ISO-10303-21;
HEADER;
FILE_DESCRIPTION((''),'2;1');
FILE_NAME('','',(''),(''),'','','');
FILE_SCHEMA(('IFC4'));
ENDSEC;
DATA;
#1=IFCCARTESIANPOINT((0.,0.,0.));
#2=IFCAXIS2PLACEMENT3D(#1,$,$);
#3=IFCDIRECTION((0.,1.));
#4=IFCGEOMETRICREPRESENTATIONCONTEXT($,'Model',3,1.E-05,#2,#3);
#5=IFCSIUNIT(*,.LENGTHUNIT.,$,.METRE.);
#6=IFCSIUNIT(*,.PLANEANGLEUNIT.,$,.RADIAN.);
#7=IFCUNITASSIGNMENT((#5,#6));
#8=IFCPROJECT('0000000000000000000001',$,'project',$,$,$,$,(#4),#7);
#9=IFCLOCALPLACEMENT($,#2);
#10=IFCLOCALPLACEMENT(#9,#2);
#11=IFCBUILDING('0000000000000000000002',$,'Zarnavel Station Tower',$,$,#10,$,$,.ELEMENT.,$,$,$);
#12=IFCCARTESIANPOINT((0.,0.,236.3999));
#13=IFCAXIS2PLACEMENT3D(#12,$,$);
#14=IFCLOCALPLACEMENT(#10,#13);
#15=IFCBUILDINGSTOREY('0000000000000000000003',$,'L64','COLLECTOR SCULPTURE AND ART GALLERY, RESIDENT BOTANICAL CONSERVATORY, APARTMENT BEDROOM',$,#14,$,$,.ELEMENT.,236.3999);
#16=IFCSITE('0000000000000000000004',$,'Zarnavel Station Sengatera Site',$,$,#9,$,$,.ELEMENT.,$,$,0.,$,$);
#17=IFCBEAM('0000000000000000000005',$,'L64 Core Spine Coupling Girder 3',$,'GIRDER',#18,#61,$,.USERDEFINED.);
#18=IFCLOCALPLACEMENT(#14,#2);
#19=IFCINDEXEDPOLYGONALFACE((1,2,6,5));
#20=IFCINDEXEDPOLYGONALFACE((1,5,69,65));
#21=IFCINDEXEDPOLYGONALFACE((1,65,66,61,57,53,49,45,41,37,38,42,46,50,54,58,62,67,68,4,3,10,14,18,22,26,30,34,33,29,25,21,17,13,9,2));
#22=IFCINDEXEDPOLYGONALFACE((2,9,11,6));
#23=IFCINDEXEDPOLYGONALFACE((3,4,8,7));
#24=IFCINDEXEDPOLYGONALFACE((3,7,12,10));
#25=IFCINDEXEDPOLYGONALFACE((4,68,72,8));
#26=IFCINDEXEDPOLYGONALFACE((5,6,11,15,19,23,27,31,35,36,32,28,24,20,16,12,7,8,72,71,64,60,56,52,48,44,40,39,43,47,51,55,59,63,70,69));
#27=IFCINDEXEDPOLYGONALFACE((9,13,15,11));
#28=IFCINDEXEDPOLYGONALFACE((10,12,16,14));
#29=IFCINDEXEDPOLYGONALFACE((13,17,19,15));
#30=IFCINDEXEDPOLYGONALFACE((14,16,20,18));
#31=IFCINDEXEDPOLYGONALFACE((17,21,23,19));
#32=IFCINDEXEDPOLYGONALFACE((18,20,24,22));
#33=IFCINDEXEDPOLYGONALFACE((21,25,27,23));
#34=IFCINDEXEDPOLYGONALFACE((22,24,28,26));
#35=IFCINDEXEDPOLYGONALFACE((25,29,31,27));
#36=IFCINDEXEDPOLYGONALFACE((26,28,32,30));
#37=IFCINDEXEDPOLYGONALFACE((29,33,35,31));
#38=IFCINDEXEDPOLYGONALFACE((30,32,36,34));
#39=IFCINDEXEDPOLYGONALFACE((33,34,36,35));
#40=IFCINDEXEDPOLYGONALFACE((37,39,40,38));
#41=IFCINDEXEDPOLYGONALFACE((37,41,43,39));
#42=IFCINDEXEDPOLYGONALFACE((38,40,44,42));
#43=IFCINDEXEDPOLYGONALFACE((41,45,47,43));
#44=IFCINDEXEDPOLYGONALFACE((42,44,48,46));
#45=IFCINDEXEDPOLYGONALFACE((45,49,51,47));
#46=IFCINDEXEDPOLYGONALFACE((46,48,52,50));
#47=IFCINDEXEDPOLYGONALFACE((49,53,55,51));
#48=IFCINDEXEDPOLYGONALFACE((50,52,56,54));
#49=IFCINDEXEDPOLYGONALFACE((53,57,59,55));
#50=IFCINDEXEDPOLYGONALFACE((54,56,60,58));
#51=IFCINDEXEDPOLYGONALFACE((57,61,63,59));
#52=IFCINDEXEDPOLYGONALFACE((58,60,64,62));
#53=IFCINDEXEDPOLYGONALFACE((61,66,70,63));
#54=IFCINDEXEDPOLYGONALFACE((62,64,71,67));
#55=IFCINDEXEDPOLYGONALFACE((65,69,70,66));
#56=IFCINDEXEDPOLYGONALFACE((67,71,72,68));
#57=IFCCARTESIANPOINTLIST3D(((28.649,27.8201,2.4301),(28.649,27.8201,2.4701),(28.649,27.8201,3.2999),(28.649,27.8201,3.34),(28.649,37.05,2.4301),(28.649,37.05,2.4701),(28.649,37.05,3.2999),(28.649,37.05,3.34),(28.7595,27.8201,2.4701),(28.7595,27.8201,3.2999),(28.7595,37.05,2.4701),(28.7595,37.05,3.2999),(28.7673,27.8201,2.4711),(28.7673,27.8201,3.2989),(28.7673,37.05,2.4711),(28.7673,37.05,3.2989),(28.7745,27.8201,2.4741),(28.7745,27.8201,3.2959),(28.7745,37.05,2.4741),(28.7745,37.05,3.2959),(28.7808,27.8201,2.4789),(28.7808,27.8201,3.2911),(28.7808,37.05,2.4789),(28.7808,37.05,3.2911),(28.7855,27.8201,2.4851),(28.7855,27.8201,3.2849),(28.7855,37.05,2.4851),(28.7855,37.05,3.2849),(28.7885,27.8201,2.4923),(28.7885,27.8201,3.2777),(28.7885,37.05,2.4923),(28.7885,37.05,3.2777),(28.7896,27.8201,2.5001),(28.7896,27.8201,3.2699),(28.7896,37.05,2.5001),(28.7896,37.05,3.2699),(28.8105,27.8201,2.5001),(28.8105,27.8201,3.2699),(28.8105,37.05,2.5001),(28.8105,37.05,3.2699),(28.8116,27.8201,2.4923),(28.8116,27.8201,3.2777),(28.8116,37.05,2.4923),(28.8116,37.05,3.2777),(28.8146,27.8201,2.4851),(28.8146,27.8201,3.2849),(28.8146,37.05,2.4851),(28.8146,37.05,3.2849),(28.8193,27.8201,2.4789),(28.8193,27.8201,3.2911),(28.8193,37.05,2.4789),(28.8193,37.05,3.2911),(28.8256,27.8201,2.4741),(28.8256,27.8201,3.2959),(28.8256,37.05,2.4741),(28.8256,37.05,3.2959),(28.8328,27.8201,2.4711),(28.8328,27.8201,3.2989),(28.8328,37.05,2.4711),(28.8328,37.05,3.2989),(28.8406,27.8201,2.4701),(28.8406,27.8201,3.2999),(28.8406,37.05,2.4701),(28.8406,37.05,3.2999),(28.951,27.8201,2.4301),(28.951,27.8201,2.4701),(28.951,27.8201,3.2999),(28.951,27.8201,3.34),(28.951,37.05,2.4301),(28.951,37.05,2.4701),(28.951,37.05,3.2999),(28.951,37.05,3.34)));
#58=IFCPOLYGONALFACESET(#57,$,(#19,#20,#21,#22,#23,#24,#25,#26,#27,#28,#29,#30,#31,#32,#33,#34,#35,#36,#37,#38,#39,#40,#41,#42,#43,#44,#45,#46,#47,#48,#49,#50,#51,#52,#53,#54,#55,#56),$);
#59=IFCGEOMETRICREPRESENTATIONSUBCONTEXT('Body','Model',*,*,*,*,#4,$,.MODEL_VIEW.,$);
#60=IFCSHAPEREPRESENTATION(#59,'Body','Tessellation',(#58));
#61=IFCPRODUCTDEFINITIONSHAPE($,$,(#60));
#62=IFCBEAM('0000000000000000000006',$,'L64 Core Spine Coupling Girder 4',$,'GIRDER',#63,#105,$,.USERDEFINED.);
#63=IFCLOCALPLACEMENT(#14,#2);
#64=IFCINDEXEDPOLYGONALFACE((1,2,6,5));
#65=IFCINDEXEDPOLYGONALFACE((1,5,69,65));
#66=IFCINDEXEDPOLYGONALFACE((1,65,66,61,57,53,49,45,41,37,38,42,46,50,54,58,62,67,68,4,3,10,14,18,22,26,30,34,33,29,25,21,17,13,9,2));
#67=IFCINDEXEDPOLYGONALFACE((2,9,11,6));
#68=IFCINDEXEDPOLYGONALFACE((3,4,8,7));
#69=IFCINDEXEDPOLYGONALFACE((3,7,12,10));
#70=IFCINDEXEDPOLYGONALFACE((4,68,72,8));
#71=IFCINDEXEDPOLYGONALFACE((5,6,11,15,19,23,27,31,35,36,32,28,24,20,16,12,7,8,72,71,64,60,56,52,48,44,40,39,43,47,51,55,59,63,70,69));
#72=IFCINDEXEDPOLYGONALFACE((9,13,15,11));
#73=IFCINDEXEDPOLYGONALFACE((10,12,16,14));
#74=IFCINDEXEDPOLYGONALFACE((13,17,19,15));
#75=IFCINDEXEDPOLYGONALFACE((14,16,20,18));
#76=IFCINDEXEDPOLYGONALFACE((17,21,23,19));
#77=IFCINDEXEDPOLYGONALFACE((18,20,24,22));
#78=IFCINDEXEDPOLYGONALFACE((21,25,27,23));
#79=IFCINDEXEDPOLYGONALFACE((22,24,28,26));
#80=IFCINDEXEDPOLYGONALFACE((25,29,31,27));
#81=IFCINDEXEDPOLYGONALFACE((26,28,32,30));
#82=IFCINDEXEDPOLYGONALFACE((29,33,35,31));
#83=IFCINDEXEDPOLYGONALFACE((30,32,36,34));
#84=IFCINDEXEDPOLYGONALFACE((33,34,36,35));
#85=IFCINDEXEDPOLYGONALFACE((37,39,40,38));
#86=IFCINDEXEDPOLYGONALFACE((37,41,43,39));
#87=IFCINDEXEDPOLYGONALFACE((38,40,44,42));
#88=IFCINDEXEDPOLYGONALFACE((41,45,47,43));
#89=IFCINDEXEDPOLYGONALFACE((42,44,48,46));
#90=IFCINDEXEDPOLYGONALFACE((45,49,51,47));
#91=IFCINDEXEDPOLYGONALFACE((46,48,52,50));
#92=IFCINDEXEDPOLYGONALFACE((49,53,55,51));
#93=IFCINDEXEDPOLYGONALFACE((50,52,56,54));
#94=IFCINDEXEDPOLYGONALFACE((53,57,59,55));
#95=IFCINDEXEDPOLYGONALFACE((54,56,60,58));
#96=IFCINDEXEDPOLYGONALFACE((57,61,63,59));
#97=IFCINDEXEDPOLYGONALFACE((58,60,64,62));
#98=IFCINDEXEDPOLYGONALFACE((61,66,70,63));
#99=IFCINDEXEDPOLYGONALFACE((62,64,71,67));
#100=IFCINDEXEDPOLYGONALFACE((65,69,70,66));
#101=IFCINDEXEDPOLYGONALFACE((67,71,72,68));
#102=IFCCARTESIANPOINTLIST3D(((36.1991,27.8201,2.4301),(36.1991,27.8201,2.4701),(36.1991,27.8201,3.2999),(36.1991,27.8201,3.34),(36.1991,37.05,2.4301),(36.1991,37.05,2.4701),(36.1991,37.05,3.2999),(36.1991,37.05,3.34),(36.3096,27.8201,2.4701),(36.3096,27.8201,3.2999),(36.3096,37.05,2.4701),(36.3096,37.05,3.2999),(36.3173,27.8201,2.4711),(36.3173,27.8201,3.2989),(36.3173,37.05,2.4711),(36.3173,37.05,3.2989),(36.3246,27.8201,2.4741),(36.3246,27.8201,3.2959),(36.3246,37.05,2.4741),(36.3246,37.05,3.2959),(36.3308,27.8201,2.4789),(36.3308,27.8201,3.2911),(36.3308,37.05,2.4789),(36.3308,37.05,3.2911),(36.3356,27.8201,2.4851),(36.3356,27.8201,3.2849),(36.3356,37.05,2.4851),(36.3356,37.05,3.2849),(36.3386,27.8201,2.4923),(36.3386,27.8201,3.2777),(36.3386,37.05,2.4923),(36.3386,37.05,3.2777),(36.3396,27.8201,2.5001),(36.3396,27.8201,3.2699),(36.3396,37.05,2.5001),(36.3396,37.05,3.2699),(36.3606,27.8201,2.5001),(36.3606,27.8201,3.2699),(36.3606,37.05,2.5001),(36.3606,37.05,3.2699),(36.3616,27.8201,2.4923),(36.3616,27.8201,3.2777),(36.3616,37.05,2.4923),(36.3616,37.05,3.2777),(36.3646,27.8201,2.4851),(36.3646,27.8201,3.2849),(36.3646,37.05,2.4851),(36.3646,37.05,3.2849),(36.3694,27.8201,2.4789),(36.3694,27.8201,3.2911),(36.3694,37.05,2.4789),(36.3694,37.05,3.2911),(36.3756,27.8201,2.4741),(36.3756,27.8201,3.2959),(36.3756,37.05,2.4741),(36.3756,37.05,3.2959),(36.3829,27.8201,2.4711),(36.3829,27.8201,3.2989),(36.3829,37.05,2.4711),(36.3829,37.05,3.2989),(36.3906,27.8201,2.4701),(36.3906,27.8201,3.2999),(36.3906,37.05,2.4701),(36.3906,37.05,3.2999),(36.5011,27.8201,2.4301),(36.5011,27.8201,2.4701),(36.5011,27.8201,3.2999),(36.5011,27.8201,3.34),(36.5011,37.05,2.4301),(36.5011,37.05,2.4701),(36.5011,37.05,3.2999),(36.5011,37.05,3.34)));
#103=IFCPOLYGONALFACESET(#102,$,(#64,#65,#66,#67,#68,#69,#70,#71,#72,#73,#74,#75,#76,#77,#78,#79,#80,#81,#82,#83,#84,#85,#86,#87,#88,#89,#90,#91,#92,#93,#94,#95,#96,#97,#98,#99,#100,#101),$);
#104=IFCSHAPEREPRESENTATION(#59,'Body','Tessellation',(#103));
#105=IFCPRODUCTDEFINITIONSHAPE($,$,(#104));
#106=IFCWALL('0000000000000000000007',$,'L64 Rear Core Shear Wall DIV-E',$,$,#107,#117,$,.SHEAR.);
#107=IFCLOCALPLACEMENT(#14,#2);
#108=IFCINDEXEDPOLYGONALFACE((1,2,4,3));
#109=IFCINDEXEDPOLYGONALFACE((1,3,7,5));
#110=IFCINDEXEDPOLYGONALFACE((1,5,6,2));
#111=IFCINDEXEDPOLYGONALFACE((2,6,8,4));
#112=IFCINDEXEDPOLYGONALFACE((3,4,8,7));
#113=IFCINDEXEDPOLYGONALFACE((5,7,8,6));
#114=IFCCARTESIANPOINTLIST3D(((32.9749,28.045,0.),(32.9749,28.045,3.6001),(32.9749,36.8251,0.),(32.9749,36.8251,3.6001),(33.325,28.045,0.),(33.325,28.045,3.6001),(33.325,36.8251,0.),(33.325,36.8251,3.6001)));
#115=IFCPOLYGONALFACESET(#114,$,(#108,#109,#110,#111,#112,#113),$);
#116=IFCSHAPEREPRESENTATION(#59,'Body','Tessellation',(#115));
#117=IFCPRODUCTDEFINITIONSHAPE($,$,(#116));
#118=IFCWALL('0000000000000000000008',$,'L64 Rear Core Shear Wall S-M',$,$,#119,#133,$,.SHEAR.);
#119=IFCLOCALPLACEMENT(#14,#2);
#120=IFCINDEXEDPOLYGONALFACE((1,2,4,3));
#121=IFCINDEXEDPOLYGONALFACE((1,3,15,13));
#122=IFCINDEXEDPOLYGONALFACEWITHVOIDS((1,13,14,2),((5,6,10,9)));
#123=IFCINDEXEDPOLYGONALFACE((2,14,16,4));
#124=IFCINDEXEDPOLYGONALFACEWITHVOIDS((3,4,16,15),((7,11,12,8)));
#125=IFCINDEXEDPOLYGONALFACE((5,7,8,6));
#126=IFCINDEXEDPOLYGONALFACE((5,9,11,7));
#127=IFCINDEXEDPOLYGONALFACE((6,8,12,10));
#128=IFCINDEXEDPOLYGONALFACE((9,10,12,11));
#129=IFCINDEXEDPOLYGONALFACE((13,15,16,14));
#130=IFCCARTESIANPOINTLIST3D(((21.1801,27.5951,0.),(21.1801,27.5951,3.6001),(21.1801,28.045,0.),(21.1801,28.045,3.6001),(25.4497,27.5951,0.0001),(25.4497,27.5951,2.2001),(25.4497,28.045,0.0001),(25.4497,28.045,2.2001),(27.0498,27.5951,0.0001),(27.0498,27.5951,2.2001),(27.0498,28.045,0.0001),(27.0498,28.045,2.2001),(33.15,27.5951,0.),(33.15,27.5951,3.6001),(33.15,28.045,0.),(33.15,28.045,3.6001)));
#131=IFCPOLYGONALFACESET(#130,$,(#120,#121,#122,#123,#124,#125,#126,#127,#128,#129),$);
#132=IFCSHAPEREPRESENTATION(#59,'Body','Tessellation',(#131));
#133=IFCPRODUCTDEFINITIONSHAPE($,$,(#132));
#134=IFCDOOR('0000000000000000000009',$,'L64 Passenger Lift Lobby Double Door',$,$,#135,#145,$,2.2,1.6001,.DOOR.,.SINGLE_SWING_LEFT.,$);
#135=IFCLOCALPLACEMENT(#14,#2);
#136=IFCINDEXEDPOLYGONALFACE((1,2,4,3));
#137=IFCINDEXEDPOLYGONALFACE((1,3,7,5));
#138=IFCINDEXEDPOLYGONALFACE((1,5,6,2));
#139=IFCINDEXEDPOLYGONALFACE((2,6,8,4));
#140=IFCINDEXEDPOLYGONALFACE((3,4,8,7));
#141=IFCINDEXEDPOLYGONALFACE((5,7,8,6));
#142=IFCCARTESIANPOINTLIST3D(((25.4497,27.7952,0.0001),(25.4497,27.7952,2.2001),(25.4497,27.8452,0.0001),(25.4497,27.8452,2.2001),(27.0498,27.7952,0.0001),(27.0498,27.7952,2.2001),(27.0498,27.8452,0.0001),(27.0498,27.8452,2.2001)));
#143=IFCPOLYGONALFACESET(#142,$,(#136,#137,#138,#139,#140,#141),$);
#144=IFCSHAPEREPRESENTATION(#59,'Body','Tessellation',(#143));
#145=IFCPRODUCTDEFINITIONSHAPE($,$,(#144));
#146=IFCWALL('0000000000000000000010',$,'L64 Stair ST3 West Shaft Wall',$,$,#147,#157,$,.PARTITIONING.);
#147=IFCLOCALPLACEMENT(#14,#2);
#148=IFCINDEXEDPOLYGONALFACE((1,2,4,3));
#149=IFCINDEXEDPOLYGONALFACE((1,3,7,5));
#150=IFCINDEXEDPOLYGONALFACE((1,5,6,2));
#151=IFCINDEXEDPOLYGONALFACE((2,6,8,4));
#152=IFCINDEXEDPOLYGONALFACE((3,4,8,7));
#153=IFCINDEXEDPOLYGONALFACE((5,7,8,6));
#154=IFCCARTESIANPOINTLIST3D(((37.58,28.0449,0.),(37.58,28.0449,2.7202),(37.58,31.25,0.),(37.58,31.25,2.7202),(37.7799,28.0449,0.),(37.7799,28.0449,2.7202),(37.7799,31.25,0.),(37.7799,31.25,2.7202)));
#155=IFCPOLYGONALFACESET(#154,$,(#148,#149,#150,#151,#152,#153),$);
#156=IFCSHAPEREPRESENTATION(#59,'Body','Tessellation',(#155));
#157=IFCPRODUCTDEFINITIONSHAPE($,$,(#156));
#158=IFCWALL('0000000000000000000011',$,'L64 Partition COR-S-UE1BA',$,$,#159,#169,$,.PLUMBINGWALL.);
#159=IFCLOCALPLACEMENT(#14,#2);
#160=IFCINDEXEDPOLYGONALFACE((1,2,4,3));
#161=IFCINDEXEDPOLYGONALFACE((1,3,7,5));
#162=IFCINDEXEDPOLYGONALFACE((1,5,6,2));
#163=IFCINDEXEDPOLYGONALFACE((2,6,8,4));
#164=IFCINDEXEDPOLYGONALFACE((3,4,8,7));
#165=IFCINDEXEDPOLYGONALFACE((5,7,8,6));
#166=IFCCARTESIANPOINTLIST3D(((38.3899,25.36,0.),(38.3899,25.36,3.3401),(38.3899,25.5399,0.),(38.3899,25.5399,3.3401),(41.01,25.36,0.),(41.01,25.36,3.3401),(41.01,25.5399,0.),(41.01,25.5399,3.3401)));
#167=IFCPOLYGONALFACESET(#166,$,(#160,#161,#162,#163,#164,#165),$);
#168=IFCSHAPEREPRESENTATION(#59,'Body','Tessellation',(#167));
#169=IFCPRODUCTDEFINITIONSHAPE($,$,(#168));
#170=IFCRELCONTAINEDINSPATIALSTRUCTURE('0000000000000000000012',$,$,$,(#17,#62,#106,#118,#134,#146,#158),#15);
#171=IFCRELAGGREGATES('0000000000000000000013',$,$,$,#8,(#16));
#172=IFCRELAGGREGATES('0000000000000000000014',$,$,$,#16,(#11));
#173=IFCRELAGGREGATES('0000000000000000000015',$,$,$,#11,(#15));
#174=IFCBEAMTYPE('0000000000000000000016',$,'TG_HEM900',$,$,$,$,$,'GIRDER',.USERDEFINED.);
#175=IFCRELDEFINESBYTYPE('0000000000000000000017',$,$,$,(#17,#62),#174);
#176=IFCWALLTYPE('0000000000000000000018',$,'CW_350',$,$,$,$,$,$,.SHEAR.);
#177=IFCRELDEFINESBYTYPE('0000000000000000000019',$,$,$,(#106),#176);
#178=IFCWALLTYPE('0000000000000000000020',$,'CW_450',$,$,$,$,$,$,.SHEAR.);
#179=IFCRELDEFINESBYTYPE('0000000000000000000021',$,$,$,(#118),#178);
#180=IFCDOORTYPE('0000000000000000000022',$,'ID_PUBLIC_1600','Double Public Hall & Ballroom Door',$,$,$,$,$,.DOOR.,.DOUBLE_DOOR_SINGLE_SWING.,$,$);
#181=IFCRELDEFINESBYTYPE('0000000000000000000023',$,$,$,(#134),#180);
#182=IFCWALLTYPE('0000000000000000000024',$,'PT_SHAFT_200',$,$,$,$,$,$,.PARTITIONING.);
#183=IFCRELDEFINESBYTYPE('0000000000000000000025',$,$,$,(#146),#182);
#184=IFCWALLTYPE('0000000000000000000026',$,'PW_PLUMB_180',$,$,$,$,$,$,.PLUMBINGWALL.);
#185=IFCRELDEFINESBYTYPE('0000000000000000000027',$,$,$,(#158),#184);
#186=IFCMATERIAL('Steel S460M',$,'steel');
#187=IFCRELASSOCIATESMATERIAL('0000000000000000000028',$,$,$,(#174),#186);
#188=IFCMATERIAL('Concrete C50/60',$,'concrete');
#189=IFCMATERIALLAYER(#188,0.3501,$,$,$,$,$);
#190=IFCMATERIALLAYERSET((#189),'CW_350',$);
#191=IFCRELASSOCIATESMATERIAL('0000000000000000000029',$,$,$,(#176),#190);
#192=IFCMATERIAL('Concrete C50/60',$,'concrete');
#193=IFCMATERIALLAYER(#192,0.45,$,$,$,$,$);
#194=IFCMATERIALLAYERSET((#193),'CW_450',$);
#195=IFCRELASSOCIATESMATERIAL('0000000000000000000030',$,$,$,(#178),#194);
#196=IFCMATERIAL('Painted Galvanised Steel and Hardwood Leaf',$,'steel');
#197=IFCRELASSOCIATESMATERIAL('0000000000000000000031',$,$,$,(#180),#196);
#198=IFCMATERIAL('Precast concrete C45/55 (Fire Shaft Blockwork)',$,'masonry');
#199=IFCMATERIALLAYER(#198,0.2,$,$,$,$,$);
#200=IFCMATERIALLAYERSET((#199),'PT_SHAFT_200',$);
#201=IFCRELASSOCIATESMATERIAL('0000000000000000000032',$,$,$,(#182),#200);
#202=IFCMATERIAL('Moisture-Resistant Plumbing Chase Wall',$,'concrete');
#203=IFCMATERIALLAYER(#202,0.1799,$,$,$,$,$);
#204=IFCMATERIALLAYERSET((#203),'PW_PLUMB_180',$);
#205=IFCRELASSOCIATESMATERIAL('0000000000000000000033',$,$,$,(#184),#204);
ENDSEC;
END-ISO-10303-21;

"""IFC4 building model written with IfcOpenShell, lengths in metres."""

from ifc_helpers import new_model, si_unit, direction, frame, frame_2d, origin, origin_2d, place, context, subcontext, project, spatial, rectangle, i_section, extrude, material, layer, layer_set, material_profile, profile_set, type_object, element, fill, save


model = new_model("IFC4")

# Units and contexts
model_context = context("Model", 3, precision=1e-05, world=origin(), true_north=direction((0.0, 1.0)))
body_context = subcontext(model_context, "Body", "Model", "MODEL_VIEW")
ifc_project = project(units=[si_unit("LENGTHUNIT", "METRE"), si_unit("PLANEANGLEUNIT", "RADIAN")], contexts=[model_context])

# Site, building, storey
site_placement = place(None, origin())
site = spatial("IfcSite", under=ifc_project, at=site_placement, Name="Zarnavel Station Sengatera Site", CompositionType="ELEMENT", RefElevation=0.0)
building_placement = place(site_placement, origin())
building = spatial("IfcBuilding", under=site, at=building_placement, Name="Zarnavel Station Tower", CompositionType="ELEMENT")
storey_placement = place(building_placement, frame((0.0, 0.0, 236.3999)))
storey = spatial("IfcBuildingStorey", under=building, at=storey_placement, Name="L64", Description="COLLECTOR SCULPTURE AND ART GALLERY, RESIDENT BOTANICAL CONSERVATORY, APARTMENT BEDROOM", CompositionType="ELEMENT", Elevation=236.3999)

# Beams
ifc_material_1 = material(Name="Steel S460M", Category="steel")
ifc_material_profile_1 = material_profile(ifc_material_1, i_section(OverallWidth=0.302, OverallDepth=0.9099, WebThickness=0.021, FlangeThickness=0.04, FilletRadius=0.03, at=origin_2d()), Name="HEM900")
ifc_profile_set_1 = profile_set([ifc_material_profile_1], Name="Steel S460M")
beam_type_1 = type_object("IfcBeamType", Name="TG_HEM900", ElementType="GIRDER", PredefinedType="USERDEFINED", material=ifc_profile_set_1)
for number, where, z_axis, x_axis, name in (
    (1, (28.8, 27.8201, 2.885), (0.0, 1.0, 0.0), (-1.0, 0.0, 0.0), "L64 Core Spine Coupling Girder 3"),
    (2, (36.3501, 27.8201, 2.885), (0.0, 1.0, 0.0), (-1.0, 0.0, 0.0), "L64 Core Spine Coupling Girder 4"),
):
    element("IfcBeam", number, at=place(storey_placement, frame(where, z_axis=z_axis, x_axis=x_axis)), inside=storey, type_object=beam_type_1, Name=name, ObjectType="GIRDER", PredefinedType="USERDEFINED", context=body_context, shape_type="SweptSolid", body=[
        extrude(i_section(OverallWidth=0.302, OverallDepth=0.9099, WebThickness=0.021, FlangeThickness=0.04, FilletRadius=0.03, at=origin_2d()), origin(), (0.0, 0.0, 1.0), 9.23),
    ])

# Wall
ifc_material_2 = material(Name="Concrete C50/60", Category="concrete")
ifc_layer_1 = layer(ifc_material_2, 0.3501)
ifc_layer_set_1 = layer_set([ifc_layer_1], Name="CW_350")
wall_type_1 = type_object("IfcWallType", Name="CW_350", PredefinedType="SHEAR", material=ifc_layer_set_1)
wall_1_placement = place(storey_placement, frame((33.1499, 28.0449, 0.0), z_axis=(0.0, 0.0, 1.0), x_axis=(0.0, 1.0, 0.0)))
element("IfcWall", 3, at=wall_1_placement, inside=storey, type_object=wall_type_1, Name="L64 Rear Core Shear Wall DIV-E", PredefinedType="SHEAR", context=body_context, shape_type="SweptSolid", body=[
    extrude(rectangle(XDim=8.78, YDim=0.3501, at=frame_2d((4.3901, 0.0))), origin(), (0.0, 0.0, 1.0), 3.6001),
])

# Wall, opening, door
ifc_material_3 = material(Name="Concrete C50/60", Category="concrete")
ifc_layer_2 = layer(ifc_material_3, 0.45)
ifc_layer_set_2 = layer_set([ifc_layer_2], Name="CW_450")
wall_type_2 = type_object("IfcWallType", Name="CW_450", PredefinedType="SHEAR", material=ifc_layer_set_2)
wall_2_placement = place(storey_placement, frame((33.1499, 27.8201, 0.0), z_axis=(0.0, 0.0, 1.0), x_axis=(-1.0, 0.0, 0.0)))
wall_2 = element("IfcWall", 4, at=wall_2_placement, inside=storey, type_object=wall_type_2, Name="L64 Rear Core Shear Wall S-M", PredefinedType="SHEAR", context=body_context, shape_type="SweptSolid", body=[
    extrude(rectangle(XDim=11.97, YDim=0.45, at=frame_2d((5.9849, 0.0))), origin(), (0.0, 0.0, 1.0), 3.6001),
])
opening_1_placement = place(wall_2_placement, frame((6.1001, 0.0, 0.0)))
opening_1 = element("IfcOpeningElement", 5, at=opening_1_placement, cuts=wall_2, PredefinedType="OPENING", context=body_context, shape_type="SweptSolid", body=[
    extrude(rectangle(XDim=1.6001, YDim=2.2, at=frame_2d((0.8, 1.1001))), frame((0.0, 0.2349, 0.0), z_axis=(0.0, -1.0, 0.0), x_axis=(1.0, 0.0, 0.0)), (0.0, 0.0, 1.0), 0.47),
])
ifc_material_4 = material(Name="Painted Galvanised Steel and Hardwood Leaf", Category="steel")
door_type_1 = type_object("IfcDoorType", Name="ID_PUBLIC_1600", Description="Double Public Hall & Ballroom Door", OperationType="DOUBLE_DOOR_SINGLE_SWING", PredefinedType="DOOR", material=ifc_material_4)
door_1_placement = place(opening_1_placement, origin())
door_1 = element("IfcDoor", 6, at=door_1_placement, inside=storey, type_object=door_type_1, Name="L64 Passenger Lift Lobby Double Door", OperationType="SINGLE_SWING_LEFT", OverallHeight=2.2, OverallWidth=1.6001, PredefinedType="DOOR", context=body_context, shape_type="SweptSolid", body=[
    extrude(rectangle(XDim=1.6001, YDim=2.2, at=frame_2d((0.8, 1.1001))), frame((0.0, 0.0249, 0.0), z_axis=(0.0, -1.0, 0.0), x_axis=(1.0, 0.0, 0.0)), (0.0, 0.0, 1.0), 0.05),
])
fill(opening_1, door_1)

# Walls
ifc_material_5 = material(Name="Precast concrete C45/55 (Fire Shaft Blockwork)", Category="masonry")
ifc_layer_3 = layer(ifc_material_5, 0.2)
ifc_layer_set_3 = layer_set([ifc_layer_3], Name="PT_SHAFT_200")
wall_type_3 = type_object("IfcWallType", Name="PT_SHAFT_200", PredefinedType="PARTITIONING", material=ifc_layer_set_3)
wall_3_placement = place(storey_placement, frame((37.6799, 28.0449, 0.0), z_axis=(0.0, 0.0, 1.0), x_axis=(0.0, 1.0, 0.0)))
element("IfcWall", 7, at=wall_3_placement, inside=storey, type_object=wall_type_3, Name="L64 Stair ST3 West Shaft Wall", PredefinedType="PARTITIONING", context=body_context, shape_type="SweptSolid", body=[
    extrude(rectangle(XDim=3.2051, YDim=0.2, at=frame_2d((1.6025, 0.0))), origin(), (0.0, 0.0, 1.0), 2.7202),
])
ifc_material_6 = material(Name="Moisture-Resistant Plumbing Chase Wall", Category="concrete")
ifc_layer_4 = layer(ifc_material_6, 0.1799)
ifc_layer_set_4 = layer_set([ifc_layer_4], Name="PW_PLUMB_180")
wall_type_4 = type_object("IfcWallType", Name="PW_PLUMB_180", PredefinedType="PLUMBINGWALL", material=ifc_layer_set_4)
wall_4_placement = place(storey_placement, frame((38.3899, 25.45, 0.0), z_axis=(0.0, 0.0, 1.0), x_axis=(1.0, 0.0, 0.0)))
element("IfcWall", 8, at=wall_4_placement, inside=storey, type_object=wall_type_4, Name="L64 Partition COR-S-UE1BA", PredefinedType="PLUMBINGWALL", context=body_context, shape_type="SweptSolid", body=[
    extrude(rectangle(XDim=2.6201, YDim=0.1799, at=frame_2d((1.3101, 0.0))), origin(), (0.0, 0.0, 1.0), 3.3401),
])

save(model, "model.ifc")
